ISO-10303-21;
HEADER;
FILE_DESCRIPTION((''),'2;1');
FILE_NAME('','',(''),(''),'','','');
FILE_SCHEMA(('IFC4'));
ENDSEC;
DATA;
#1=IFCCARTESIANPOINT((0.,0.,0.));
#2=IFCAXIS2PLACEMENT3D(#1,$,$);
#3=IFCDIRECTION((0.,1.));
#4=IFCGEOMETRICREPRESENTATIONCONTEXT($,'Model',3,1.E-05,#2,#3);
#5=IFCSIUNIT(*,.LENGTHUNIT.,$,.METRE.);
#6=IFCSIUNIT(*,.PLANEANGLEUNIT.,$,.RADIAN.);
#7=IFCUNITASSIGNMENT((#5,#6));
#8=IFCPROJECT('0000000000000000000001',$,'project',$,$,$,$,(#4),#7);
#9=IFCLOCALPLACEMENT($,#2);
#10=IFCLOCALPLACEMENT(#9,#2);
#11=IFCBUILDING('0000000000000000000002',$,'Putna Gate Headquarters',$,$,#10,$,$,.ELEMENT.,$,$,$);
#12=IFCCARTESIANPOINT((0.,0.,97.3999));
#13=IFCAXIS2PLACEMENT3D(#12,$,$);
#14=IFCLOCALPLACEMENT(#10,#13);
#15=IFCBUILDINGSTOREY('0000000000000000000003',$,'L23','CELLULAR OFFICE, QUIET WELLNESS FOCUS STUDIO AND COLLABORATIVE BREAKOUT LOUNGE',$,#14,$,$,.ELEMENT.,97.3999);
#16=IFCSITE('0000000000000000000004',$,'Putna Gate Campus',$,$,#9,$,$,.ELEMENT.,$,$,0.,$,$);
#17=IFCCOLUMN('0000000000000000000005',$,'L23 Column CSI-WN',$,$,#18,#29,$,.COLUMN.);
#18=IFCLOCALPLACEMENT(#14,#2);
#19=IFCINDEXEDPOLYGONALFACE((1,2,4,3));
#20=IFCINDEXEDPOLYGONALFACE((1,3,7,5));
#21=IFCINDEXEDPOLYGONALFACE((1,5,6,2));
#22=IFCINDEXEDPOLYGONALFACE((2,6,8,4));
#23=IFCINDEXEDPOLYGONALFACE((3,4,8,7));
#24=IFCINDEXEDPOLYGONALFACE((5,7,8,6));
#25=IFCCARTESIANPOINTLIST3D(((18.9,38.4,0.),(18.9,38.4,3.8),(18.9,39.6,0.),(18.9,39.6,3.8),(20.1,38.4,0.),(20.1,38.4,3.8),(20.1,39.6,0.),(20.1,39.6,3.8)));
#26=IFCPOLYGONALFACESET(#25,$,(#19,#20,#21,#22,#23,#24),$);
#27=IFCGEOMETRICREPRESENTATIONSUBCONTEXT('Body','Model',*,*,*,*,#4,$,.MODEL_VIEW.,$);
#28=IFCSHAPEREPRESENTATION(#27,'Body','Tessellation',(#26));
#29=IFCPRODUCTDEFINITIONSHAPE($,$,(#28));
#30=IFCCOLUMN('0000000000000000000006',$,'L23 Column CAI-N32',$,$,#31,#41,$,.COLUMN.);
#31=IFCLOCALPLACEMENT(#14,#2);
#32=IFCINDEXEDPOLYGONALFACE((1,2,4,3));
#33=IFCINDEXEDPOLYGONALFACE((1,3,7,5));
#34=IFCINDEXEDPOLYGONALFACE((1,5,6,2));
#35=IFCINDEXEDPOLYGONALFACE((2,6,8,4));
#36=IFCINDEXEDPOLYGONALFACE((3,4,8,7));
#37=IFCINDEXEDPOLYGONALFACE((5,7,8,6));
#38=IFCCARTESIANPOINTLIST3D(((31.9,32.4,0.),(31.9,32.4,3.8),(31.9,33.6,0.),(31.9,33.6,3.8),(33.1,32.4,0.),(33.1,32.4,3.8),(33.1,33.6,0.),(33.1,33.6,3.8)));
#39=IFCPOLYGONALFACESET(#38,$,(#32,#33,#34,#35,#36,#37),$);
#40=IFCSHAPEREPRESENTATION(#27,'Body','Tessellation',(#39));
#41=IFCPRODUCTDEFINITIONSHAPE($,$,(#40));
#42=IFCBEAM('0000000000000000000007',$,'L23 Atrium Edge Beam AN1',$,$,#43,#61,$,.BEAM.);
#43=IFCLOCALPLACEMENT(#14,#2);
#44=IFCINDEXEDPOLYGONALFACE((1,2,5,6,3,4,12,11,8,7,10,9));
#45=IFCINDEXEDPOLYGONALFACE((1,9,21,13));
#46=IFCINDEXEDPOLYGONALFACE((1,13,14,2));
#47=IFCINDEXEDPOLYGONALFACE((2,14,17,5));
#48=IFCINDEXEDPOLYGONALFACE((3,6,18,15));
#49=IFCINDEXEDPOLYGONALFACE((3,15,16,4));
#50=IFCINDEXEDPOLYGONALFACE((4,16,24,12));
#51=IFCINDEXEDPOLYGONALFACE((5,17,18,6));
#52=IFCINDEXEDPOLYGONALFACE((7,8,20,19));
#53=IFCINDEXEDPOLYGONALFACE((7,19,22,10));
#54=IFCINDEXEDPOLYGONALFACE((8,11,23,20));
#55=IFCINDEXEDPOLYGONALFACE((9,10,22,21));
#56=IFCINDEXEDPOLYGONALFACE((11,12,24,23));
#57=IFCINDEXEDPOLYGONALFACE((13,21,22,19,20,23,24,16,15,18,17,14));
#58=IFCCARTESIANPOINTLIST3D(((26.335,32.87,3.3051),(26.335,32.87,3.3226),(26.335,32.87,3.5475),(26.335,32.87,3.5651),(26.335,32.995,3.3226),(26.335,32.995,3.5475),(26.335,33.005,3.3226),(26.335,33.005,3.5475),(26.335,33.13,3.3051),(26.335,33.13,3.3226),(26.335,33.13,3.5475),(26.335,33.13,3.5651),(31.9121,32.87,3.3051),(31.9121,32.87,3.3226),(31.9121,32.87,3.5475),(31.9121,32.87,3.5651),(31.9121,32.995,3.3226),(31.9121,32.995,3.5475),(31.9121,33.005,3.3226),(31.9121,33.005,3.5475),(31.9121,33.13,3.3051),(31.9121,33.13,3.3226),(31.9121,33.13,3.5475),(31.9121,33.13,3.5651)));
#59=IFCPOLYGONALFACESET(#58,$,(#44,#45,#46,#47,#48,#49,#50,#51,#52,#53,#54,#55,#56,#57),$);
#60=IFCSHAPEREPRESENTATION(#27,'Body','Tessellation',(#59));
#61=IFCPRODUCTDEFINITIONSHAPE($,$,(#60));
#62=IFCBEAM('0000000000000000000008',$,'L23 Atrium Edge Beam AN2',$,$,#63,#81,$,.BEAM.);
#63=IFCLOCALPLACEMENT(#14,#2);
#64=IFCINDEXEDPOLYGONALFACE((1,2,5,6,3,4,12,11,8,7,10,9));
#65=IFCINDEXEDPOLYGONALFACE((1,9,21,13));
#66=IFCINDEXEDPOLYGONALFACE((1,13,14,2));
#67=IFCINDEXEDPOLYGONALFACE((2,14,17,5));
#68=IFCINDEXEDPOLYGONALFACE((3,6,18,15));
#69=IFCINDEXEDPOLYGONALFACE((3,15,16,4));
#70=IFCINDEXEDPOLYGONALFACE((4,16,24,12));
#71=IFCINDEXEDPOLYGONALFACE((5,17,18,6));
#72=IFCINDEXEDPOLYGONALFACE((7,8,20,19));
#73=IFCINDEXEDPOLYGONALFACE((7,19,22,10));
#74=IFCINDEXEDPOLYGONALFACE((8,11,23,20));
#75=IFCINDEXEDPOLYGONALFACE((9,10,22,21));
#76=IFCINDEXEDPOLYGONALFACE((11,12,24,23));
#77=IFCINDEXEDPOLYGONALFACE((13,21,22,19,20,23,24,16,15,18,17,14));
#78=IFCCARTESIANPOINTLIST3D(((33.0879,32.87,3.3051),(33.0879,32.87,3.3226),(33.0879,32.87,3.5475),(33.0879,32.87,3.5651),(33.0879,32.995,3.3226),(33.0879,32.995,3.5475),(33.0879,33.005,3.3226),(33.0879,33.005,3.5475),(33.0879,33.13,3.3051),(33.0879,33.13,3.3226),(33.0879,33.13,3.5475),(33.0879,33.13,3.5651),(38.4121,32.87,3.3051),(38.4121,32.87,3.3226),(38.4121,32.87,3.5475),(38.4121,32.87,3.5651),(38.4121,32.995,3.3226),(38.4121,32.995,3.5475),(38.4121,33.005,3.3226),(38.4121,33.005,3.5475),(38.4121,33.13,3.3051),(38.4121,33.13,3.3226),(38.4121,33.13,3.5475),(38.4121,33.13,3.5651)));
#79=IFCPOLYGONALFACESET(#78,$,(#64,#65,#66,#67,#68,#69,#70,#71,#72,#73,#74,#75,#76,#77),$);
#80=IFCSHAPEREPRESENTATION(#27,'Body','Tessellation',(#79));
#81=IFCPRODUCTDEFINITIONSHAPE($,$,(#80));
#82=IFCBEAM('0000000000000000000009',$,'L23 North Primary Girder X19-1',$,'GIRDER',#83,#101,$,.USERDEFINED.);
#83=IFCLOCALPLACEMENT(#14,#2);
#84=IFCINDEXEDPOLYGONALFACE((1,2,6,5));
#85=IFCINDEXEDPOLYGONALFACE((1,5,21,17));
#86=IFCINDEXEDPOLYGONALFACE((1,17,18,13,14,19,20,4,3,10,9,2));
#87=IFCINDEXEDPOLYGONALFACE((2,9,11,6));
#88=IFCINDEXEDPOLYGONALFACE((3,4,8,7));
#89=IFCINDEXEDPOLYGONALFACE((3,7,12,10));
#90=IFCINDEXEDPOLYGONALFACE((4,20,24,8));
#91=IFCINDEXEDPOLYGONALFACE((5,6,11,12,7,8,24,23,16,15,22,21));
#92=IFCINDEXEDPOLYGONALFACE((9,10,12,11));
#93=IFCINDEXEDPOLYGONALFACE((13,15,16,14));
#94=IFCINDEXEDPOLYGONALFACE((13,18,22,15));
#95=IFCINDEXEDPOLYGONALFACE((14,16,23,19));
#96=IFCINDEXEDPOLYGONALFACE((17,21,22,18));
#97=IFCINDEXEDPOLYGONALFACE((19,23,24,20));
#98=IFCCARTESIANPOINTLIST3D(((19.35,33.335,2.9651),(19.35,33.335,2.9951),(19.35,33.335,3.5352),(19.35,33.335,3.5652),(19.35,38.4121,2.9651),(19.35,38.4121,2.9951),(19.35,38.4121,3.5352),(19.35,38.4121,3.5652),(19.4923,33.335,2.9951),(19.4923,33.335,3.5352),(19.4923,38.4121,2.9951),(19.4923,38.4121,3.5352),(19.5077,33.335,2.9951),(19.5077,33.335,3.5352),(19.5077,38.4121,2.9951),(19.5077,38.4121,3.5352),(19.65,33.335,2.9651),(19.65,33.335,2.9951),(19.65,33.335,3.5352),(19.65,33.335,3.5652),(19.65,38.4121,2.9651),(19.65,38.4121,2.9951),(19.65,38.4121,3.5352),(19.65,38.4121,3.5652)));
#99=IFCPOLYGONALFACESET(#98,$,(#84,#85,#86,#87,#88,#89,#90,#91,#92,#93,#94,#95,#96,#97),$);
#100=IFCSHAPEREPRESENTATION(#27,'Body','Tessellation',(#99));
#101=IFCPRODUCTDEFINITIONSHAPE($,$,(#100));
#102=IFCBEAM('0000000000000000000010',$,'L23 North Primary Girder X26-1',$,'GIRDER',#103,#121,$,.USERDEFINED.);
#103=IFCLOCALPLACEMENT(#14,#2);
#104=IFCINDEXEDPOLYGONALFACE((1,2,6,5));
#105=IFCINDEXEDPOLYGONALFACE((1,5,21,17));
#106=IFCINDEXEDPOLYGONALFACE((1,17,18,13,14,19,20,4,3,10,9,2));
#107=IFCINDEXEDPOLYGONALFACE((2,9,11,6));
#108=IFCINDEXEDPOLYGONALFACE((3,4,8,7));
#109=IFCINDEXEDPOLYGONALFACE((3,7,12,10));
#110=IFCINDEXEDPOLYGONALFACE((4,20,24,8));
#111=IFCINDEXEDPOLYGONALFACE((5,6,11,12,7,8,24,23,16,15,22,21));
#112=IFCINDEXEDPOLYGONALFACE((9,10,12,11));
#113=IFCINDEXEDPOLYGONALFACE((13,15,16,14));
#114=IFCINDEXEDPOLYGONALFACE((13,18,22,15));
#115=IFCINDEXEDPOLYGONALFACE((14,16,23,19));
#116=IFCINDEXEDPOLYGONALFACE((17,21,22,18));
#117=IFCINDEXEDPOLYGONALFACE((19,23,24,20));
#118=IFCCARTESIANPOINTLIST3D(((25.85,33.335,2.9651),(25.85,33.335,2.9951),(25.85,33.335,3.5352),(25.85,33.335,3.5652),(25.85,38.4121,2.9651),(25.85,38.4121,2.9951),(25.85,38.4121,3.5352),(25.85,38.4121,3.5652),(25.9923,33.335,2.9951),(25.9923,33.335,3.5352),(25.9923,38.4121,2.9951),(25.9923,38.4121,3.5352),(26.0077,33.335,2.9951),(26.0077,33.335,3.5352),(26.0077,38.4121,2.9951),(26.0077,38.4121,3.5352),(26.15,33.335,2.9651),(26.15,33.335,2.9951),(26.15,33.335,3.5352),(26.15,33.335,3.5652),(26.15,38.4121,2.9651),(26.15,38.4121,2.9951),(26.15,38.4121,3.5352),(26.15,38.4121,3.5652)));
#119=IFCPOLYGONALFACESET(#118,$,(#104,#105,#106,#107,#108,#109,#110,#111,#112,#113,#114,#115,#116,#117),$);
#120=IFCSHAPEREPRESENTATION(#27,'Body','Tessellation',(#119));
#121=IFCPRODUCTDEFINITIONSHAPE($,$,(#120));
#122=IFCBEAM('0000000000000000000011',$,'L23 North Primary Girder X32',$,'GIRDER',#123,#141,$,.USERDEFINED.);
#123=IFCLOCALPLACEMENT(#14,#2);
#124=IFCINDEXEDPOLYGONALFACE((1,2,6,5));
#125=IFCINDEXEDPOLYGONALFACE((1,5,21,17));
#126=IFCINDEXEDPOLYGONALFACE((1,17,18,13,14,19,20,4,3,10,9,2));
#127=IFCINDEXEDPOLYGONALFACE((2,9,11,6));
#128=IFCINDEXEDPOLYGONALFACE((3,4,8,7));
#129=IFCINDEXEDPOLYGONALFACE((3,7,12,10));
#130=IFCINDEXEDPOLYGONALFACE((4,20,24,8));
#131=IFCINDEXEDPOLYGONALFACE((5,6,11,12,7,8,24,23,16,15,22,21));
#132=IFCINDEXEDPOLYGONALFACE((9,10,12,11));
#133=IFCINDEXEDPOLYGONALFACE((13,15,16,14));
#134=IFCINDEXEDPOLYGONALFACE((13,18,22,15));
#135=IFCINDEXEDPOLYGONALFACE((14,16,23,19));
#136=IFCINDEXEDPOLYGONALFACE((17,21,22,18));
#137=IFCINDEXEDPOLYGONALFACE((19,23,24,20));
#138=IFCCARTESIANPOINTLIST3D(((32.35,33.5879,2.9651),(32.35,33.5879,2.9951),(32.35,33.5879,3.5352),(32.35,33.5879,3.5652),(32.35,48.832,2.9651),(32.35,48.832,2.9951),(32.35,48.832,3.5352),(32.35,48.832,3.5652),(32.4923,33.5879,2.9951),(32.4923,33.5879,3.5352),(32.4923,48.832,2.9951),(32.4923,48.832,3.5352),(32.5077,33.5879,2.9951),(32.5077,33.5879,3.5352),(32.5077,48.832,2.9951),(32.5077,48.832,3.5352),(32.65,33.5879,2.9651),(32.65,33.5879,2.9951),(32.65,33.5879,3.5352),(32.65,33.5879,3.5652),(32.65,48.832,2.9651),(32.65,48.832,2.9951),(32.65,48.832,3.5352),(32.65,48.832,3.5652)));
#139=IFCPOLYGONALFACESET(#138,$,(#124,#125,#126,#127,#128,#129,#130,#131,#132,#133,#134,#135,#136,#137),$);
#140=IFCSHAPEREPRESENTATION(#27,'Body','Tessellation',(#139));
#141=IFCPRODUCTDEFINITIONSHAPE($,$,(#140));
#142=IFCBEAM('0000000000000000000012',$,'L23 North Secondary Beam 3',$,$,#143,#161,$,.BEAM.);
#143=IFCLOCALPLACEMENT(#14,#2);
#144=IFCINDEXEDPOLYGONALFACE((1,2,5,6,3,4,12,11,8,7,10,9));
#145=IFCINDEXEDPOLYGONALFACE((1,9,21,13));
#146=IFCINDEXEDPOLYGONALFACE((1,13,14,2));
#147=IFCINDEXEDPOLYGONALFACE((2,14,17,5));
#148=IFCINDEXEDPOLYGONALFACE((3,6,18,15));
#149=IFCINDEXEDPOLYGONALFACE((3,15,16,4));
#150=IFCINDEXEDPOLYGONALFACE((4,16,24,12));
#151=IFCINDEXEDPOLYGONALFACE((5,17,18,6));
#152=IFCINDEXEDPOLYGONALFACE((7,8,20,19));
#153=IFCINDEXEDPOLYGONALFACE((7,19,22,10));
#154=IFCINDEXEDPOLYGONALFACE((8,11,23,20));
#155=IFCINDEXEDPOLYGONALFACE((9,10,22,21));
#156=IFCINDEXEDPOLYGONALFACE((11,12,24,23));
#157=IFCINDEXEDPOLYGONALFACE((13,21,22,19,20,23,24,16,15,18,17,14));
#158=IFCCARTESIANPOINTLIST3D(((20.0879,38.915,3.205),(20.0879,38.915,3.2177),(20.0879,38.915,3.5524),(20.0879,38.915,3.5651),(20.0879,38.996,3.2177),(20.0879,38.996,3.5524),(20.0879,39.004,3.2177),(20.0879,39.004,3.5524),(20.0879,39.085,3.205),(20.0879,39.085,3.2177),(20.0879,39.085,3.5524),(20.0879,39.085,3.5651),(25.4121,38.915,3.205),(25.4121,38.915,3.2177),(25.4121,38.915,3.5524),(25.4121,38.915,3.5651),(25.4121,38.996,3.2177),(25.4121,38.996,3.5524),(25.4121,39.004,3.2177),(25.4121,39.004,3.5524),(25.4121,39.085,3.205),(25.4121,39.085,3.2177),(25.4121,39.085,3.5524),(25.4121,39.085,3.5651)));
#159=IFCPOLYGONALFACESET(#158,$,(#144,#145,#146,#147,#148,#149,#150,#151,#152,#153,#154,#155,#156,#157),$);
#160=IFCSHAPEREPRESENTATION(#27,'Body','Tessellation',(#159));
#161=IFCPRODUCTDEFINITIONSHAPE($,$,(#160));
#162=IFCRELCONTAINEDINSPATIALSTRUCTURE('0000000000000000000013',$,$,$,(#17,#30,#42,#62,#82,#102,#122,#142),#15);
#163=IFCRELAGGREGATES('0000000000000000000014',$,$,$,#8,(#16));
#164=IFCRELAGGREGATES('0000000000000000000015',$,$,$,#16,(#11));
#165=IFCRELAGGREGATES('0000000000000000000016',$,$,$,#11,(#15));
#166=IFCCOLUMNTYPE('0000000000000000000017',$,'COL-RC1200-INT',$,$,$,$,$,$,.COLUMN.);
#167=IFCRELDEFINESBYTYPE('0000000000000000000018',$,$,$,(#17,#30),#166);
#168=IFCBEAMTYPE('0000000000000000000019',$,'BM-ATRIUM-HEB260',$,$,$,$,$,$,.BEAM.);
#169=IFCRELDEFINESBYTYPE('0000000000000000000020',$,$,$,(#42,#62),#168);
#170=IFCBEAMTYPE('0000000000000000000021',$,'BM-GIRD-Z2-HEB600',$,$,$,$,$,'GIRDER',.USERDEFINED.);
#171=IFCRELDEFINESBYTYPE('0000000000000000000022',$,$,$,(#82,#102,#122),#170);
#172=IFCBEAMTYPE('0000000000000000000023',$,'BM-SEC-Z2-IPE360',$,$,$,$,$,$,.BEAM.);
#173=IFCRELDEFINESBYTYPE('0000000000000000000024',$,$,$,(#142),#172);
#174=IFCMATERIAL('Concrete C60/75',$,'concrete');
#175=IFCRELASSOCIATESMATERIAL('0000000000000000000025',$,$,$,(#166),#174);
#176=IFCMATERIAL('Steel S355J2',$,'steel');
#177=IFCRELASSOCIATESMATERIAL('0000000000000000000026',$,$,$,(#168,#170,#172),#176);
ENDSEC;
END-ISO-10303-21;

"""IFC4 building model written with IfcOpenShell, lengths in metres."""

from ifc_helpers import new_model, si_unit, direction, frame, origin, origin_2d, place, context, subcontext, project, spatial, rectangle, i_section, extrude, material, material_profile, profile_set, type_object, element, save


model = new_model("IFC4")

# Units and contexts
model_context = context("Model", 3, precision=1e-05, world=origin(), true_north=direction((0.0, 1.0)))
body_context = subcontext(model_context, "Body", "Model", "MODEL_VIEW")
ifc_project = project(units=[si_unit("LENGTHUNIT", "METRE"), si_unit("PLANEANGLEUNIT", "RADIAN")], contexts=[model_context])

# Site, building, storey
site_placement = place(None, origin())
site = spatial("IfcSite", under=ifc_project, at=site_placement, Name="Putna Gate Campus", CompositionType="ELEMENT", RefElevation=0.0)
building_placement = place(site_placement, origin())
building = spatial("IfcBuilding", under=site, at=building_placement, Name="Putna Gate Headquarters", CompositionType="ELEMENT")
storey_placement = place(building_placement, frame((0.0, 0.0, 97.3999)))
storey = spatial("IfcBuildingStorey", under=building, at=storey_placement, Name="L23", Description="CELLULAR OFFICE, QUIET WELLNESS FOCUS STUDIO AND COLLABORATIVE BREAKOUT LOUNGE", CompositionType="ELEMENT", Elevation=97.3999)

# Columns
ifc_material_1 = material(Name="Concrete C60/75", Category="concrete")
ifc_material_profile_1 = material_profile(ifc_material_1, rectangle(XDim=1.2, YDim=1.2, at=origin_2d()), Name="Concrete C60/75")
ifc_profile_set_1 = profile_set([ifc_material_profile_1], Name="Concrete C60/75")
column_type = type_object("IfcColumnType", Name="COL-RC1200-INT", PredefinedType="COLUMN", material=ifc_profile_set_1)
for number, where, z_axis, x_axis, name in (
    (1, (19.5, 39.0, 0.0), (0.0, 0.0, 1.0), (1.0, 0.0, 0.0), "L23 Column CSI-WN"),
    (2, (32.5, 33.0, 0.0), (0.0, 0.0, 1.0), (1.0, 0.0, 0.0), "L23 Column CAI-N32"),
):
    element("IfcColumn", number, at=place(storey_placement, frame(where, z_axis=z_axis, x_axis=x_axis)), inside=storey, type_object=column_type, Name=name, PredefinedType="COLUMN", context=body_context, shape_type="SweptSolid", body=[
        extrude(rectangle(XDim=1.2, YDim=1.2, at=origin_2d()), origin(), (0.0, 0.0, 1.0), 3.8),
    ])

# Beams
ifc_material_2 = material(Name="Steel S355J2", Category="steel")
ifc_material_profile_2 = material_profile(ifc_material_2, i_section(OverallWidth=0.26, OverallDepth=0.26, WebThickness=0.01, FlangeThickness=0.0176, at=origin_2d()), Name="Steel S355J2")
ifc_profile_set_2 = profile_set([ifc_material_profile_2], Name="Steel S355J2")
beam_type_1 = type_object("IfcBeamType", Name="BM-ATRIUM-HEB260", PredefinedType="BEAM", material=ifc_profile_set_2)
beam_1_placement = place(storey_placement, frame((26.335, 33.0, 3.4351), z_axis=(1.0, 0.0, 0.0), x_axis=(0.0, 1.0, 0.0)))
element("IfcBeam", 3, at=beam_1_placement, inside=storey, type_object=beam_type_1, Name="L23 Atrium Edge Beam AN1", PredefinedType="BEAM", context=body_context, shape_type="SweptSolid", body=[
    extrude(i_section(OverallWidth=0.26, OverallDepth=0.26, WebThickness=0.01, FlangeThickness=0.0176, at=origin_2d()), origin(), (0.0, 0.0, 1.0), 5.5771),
])
beam_2_placement = place(storey_placement, frame((33.0879, 33.0, 3.4351), z_axis=(1.0, 0.0, 0.0), x_axis=(0.0, 1.0, 0.0)))
element("IfcBeam", 4, at=beam_2_placement, inside=storey, type_object=beam_type_1, Name="L23 Atrium Edge Beam AN2", PredefinedType="BEAM", context=body_context, shape_type="SweptSolid", body=[
    extrude(i_section(OverallWidth=0.26, OverallDepth=0.26, WebThickness=0.01, FlangeThickness=0.0176, at=origin_2d()), origin(), (0.0, 0.0, 1.0), 5.3242),
])
ifc_material_profile_3 = material_profile(ifc_material_2, i_section(OverallWidth=0.3, OverallDepth=0.6001, WebThickness=0.0154, FlangeThickness=0.03, at=origin_2d()), Name="Steel S355J2")
ifc_profile_set_3 = profile_set([ifc_material_profile_3], Name="Steel S355J2")
beam_type_2 = type_object("IfcBeamType", Name="BM-GIRD-Z2-HEB600", ElementType="GIRDER", PredefinedType="USERDEFINED", material=ifc_profile_set_3)
for number, where, z_axis, x_axis, name in (
    (5, (19.5, 33.335, 3.2651), (0.0, 1.0, 0.0), (-1.0, 0.0, 0.0), "L23 North Primary Girder X19-1"),
    (6, (26.0, 33.335, 3.2651), (0.0, 1.0, 0.0), (-1.0, 0.0, 0.0), "L23 North Primary Girder X26-1"),
):
    element("IfcBeam", number, at=place(storey_placement, frame(where, z_axis=z_axis, x_axis=x_axis)), inside=storey, type_object=beam_type_2, Name=name, ObjectType="GIRDER", PredefinedType="USERDEFINED", context=body_context, shape_type="SweptSolid", body=[
        extrude(i_section(OverallWidth=0.3, OverallDepth=0.6001, WebThickness=0.0154, FlangeThickness=0.03, at=origin_2d()), origin(), (0.0, 0.0, 1.0), 5.0771),
    ])
beam_3_placement = place(storey_placement, frame((32.5, 33.5879, 3.2651), z_axis=(0.0, 1.0, 0.0), x_axis=(-1.0, 0.0, 0.0)))
element("IfcBeam", 7, at=beam_3_placement, inside=storey, type_object=beam_type_2, Name="L23 North Primary Girder X32", ObjectType="GIRDER", PredefinedType="USERDEFINED", context=body_context, shape_type="SweptSolid", body=[
    extrude(i_section(OverallWidth=0.3, OverallDepth=0.6001, WebThickness=0.0154, FlangeThickness=0.03, at=origin_2d()), origin(), (0.0, 0.0, 1.0), 15.2441),
])
ifc_material_profile_4 = material_profile(ifc_material_2, i_section(OverallWidth=0.1699, OverallDepth=0.3601, WebThickness=0.0081, FlangeThickness=0.0127, at=origin_2d()), Name="Steel S355J2")
ifc_profile_set_4 = profile_set([ifc_material_profile_4], Name="Steel S355J2")
beam_type_3 = type_object("IfcBeamType", Name="BM-SEC-Z2-IPE360", PredefinedType="BEAM", material=ifc_profile_set_4)
beam_4_placement = place(storey_placement, frame((20.0879, 39.0, 3.385), z_axis=(1.0, 0.0, 0.0), x_axis=(0.0, 1.0, 0.0)))
element("IfcBeam", 8, at=beam_4_placement, inside=storey, type_object=beam_type_3, Name="L23 North Secondary Beam 3", PredefinedType="BEAM", context=body_context, shape_type="SweptSolid", body=[
    extrude(i_section(OverallWidth=0.1699, OverallDepth=0.3601, WebThickness=0.0081, FlangeThickness=0.0127, at=origin_2d()), origin(), (0.0, 0.0, 1.0), 5.3242),
])

save(model, "model.ifc")
